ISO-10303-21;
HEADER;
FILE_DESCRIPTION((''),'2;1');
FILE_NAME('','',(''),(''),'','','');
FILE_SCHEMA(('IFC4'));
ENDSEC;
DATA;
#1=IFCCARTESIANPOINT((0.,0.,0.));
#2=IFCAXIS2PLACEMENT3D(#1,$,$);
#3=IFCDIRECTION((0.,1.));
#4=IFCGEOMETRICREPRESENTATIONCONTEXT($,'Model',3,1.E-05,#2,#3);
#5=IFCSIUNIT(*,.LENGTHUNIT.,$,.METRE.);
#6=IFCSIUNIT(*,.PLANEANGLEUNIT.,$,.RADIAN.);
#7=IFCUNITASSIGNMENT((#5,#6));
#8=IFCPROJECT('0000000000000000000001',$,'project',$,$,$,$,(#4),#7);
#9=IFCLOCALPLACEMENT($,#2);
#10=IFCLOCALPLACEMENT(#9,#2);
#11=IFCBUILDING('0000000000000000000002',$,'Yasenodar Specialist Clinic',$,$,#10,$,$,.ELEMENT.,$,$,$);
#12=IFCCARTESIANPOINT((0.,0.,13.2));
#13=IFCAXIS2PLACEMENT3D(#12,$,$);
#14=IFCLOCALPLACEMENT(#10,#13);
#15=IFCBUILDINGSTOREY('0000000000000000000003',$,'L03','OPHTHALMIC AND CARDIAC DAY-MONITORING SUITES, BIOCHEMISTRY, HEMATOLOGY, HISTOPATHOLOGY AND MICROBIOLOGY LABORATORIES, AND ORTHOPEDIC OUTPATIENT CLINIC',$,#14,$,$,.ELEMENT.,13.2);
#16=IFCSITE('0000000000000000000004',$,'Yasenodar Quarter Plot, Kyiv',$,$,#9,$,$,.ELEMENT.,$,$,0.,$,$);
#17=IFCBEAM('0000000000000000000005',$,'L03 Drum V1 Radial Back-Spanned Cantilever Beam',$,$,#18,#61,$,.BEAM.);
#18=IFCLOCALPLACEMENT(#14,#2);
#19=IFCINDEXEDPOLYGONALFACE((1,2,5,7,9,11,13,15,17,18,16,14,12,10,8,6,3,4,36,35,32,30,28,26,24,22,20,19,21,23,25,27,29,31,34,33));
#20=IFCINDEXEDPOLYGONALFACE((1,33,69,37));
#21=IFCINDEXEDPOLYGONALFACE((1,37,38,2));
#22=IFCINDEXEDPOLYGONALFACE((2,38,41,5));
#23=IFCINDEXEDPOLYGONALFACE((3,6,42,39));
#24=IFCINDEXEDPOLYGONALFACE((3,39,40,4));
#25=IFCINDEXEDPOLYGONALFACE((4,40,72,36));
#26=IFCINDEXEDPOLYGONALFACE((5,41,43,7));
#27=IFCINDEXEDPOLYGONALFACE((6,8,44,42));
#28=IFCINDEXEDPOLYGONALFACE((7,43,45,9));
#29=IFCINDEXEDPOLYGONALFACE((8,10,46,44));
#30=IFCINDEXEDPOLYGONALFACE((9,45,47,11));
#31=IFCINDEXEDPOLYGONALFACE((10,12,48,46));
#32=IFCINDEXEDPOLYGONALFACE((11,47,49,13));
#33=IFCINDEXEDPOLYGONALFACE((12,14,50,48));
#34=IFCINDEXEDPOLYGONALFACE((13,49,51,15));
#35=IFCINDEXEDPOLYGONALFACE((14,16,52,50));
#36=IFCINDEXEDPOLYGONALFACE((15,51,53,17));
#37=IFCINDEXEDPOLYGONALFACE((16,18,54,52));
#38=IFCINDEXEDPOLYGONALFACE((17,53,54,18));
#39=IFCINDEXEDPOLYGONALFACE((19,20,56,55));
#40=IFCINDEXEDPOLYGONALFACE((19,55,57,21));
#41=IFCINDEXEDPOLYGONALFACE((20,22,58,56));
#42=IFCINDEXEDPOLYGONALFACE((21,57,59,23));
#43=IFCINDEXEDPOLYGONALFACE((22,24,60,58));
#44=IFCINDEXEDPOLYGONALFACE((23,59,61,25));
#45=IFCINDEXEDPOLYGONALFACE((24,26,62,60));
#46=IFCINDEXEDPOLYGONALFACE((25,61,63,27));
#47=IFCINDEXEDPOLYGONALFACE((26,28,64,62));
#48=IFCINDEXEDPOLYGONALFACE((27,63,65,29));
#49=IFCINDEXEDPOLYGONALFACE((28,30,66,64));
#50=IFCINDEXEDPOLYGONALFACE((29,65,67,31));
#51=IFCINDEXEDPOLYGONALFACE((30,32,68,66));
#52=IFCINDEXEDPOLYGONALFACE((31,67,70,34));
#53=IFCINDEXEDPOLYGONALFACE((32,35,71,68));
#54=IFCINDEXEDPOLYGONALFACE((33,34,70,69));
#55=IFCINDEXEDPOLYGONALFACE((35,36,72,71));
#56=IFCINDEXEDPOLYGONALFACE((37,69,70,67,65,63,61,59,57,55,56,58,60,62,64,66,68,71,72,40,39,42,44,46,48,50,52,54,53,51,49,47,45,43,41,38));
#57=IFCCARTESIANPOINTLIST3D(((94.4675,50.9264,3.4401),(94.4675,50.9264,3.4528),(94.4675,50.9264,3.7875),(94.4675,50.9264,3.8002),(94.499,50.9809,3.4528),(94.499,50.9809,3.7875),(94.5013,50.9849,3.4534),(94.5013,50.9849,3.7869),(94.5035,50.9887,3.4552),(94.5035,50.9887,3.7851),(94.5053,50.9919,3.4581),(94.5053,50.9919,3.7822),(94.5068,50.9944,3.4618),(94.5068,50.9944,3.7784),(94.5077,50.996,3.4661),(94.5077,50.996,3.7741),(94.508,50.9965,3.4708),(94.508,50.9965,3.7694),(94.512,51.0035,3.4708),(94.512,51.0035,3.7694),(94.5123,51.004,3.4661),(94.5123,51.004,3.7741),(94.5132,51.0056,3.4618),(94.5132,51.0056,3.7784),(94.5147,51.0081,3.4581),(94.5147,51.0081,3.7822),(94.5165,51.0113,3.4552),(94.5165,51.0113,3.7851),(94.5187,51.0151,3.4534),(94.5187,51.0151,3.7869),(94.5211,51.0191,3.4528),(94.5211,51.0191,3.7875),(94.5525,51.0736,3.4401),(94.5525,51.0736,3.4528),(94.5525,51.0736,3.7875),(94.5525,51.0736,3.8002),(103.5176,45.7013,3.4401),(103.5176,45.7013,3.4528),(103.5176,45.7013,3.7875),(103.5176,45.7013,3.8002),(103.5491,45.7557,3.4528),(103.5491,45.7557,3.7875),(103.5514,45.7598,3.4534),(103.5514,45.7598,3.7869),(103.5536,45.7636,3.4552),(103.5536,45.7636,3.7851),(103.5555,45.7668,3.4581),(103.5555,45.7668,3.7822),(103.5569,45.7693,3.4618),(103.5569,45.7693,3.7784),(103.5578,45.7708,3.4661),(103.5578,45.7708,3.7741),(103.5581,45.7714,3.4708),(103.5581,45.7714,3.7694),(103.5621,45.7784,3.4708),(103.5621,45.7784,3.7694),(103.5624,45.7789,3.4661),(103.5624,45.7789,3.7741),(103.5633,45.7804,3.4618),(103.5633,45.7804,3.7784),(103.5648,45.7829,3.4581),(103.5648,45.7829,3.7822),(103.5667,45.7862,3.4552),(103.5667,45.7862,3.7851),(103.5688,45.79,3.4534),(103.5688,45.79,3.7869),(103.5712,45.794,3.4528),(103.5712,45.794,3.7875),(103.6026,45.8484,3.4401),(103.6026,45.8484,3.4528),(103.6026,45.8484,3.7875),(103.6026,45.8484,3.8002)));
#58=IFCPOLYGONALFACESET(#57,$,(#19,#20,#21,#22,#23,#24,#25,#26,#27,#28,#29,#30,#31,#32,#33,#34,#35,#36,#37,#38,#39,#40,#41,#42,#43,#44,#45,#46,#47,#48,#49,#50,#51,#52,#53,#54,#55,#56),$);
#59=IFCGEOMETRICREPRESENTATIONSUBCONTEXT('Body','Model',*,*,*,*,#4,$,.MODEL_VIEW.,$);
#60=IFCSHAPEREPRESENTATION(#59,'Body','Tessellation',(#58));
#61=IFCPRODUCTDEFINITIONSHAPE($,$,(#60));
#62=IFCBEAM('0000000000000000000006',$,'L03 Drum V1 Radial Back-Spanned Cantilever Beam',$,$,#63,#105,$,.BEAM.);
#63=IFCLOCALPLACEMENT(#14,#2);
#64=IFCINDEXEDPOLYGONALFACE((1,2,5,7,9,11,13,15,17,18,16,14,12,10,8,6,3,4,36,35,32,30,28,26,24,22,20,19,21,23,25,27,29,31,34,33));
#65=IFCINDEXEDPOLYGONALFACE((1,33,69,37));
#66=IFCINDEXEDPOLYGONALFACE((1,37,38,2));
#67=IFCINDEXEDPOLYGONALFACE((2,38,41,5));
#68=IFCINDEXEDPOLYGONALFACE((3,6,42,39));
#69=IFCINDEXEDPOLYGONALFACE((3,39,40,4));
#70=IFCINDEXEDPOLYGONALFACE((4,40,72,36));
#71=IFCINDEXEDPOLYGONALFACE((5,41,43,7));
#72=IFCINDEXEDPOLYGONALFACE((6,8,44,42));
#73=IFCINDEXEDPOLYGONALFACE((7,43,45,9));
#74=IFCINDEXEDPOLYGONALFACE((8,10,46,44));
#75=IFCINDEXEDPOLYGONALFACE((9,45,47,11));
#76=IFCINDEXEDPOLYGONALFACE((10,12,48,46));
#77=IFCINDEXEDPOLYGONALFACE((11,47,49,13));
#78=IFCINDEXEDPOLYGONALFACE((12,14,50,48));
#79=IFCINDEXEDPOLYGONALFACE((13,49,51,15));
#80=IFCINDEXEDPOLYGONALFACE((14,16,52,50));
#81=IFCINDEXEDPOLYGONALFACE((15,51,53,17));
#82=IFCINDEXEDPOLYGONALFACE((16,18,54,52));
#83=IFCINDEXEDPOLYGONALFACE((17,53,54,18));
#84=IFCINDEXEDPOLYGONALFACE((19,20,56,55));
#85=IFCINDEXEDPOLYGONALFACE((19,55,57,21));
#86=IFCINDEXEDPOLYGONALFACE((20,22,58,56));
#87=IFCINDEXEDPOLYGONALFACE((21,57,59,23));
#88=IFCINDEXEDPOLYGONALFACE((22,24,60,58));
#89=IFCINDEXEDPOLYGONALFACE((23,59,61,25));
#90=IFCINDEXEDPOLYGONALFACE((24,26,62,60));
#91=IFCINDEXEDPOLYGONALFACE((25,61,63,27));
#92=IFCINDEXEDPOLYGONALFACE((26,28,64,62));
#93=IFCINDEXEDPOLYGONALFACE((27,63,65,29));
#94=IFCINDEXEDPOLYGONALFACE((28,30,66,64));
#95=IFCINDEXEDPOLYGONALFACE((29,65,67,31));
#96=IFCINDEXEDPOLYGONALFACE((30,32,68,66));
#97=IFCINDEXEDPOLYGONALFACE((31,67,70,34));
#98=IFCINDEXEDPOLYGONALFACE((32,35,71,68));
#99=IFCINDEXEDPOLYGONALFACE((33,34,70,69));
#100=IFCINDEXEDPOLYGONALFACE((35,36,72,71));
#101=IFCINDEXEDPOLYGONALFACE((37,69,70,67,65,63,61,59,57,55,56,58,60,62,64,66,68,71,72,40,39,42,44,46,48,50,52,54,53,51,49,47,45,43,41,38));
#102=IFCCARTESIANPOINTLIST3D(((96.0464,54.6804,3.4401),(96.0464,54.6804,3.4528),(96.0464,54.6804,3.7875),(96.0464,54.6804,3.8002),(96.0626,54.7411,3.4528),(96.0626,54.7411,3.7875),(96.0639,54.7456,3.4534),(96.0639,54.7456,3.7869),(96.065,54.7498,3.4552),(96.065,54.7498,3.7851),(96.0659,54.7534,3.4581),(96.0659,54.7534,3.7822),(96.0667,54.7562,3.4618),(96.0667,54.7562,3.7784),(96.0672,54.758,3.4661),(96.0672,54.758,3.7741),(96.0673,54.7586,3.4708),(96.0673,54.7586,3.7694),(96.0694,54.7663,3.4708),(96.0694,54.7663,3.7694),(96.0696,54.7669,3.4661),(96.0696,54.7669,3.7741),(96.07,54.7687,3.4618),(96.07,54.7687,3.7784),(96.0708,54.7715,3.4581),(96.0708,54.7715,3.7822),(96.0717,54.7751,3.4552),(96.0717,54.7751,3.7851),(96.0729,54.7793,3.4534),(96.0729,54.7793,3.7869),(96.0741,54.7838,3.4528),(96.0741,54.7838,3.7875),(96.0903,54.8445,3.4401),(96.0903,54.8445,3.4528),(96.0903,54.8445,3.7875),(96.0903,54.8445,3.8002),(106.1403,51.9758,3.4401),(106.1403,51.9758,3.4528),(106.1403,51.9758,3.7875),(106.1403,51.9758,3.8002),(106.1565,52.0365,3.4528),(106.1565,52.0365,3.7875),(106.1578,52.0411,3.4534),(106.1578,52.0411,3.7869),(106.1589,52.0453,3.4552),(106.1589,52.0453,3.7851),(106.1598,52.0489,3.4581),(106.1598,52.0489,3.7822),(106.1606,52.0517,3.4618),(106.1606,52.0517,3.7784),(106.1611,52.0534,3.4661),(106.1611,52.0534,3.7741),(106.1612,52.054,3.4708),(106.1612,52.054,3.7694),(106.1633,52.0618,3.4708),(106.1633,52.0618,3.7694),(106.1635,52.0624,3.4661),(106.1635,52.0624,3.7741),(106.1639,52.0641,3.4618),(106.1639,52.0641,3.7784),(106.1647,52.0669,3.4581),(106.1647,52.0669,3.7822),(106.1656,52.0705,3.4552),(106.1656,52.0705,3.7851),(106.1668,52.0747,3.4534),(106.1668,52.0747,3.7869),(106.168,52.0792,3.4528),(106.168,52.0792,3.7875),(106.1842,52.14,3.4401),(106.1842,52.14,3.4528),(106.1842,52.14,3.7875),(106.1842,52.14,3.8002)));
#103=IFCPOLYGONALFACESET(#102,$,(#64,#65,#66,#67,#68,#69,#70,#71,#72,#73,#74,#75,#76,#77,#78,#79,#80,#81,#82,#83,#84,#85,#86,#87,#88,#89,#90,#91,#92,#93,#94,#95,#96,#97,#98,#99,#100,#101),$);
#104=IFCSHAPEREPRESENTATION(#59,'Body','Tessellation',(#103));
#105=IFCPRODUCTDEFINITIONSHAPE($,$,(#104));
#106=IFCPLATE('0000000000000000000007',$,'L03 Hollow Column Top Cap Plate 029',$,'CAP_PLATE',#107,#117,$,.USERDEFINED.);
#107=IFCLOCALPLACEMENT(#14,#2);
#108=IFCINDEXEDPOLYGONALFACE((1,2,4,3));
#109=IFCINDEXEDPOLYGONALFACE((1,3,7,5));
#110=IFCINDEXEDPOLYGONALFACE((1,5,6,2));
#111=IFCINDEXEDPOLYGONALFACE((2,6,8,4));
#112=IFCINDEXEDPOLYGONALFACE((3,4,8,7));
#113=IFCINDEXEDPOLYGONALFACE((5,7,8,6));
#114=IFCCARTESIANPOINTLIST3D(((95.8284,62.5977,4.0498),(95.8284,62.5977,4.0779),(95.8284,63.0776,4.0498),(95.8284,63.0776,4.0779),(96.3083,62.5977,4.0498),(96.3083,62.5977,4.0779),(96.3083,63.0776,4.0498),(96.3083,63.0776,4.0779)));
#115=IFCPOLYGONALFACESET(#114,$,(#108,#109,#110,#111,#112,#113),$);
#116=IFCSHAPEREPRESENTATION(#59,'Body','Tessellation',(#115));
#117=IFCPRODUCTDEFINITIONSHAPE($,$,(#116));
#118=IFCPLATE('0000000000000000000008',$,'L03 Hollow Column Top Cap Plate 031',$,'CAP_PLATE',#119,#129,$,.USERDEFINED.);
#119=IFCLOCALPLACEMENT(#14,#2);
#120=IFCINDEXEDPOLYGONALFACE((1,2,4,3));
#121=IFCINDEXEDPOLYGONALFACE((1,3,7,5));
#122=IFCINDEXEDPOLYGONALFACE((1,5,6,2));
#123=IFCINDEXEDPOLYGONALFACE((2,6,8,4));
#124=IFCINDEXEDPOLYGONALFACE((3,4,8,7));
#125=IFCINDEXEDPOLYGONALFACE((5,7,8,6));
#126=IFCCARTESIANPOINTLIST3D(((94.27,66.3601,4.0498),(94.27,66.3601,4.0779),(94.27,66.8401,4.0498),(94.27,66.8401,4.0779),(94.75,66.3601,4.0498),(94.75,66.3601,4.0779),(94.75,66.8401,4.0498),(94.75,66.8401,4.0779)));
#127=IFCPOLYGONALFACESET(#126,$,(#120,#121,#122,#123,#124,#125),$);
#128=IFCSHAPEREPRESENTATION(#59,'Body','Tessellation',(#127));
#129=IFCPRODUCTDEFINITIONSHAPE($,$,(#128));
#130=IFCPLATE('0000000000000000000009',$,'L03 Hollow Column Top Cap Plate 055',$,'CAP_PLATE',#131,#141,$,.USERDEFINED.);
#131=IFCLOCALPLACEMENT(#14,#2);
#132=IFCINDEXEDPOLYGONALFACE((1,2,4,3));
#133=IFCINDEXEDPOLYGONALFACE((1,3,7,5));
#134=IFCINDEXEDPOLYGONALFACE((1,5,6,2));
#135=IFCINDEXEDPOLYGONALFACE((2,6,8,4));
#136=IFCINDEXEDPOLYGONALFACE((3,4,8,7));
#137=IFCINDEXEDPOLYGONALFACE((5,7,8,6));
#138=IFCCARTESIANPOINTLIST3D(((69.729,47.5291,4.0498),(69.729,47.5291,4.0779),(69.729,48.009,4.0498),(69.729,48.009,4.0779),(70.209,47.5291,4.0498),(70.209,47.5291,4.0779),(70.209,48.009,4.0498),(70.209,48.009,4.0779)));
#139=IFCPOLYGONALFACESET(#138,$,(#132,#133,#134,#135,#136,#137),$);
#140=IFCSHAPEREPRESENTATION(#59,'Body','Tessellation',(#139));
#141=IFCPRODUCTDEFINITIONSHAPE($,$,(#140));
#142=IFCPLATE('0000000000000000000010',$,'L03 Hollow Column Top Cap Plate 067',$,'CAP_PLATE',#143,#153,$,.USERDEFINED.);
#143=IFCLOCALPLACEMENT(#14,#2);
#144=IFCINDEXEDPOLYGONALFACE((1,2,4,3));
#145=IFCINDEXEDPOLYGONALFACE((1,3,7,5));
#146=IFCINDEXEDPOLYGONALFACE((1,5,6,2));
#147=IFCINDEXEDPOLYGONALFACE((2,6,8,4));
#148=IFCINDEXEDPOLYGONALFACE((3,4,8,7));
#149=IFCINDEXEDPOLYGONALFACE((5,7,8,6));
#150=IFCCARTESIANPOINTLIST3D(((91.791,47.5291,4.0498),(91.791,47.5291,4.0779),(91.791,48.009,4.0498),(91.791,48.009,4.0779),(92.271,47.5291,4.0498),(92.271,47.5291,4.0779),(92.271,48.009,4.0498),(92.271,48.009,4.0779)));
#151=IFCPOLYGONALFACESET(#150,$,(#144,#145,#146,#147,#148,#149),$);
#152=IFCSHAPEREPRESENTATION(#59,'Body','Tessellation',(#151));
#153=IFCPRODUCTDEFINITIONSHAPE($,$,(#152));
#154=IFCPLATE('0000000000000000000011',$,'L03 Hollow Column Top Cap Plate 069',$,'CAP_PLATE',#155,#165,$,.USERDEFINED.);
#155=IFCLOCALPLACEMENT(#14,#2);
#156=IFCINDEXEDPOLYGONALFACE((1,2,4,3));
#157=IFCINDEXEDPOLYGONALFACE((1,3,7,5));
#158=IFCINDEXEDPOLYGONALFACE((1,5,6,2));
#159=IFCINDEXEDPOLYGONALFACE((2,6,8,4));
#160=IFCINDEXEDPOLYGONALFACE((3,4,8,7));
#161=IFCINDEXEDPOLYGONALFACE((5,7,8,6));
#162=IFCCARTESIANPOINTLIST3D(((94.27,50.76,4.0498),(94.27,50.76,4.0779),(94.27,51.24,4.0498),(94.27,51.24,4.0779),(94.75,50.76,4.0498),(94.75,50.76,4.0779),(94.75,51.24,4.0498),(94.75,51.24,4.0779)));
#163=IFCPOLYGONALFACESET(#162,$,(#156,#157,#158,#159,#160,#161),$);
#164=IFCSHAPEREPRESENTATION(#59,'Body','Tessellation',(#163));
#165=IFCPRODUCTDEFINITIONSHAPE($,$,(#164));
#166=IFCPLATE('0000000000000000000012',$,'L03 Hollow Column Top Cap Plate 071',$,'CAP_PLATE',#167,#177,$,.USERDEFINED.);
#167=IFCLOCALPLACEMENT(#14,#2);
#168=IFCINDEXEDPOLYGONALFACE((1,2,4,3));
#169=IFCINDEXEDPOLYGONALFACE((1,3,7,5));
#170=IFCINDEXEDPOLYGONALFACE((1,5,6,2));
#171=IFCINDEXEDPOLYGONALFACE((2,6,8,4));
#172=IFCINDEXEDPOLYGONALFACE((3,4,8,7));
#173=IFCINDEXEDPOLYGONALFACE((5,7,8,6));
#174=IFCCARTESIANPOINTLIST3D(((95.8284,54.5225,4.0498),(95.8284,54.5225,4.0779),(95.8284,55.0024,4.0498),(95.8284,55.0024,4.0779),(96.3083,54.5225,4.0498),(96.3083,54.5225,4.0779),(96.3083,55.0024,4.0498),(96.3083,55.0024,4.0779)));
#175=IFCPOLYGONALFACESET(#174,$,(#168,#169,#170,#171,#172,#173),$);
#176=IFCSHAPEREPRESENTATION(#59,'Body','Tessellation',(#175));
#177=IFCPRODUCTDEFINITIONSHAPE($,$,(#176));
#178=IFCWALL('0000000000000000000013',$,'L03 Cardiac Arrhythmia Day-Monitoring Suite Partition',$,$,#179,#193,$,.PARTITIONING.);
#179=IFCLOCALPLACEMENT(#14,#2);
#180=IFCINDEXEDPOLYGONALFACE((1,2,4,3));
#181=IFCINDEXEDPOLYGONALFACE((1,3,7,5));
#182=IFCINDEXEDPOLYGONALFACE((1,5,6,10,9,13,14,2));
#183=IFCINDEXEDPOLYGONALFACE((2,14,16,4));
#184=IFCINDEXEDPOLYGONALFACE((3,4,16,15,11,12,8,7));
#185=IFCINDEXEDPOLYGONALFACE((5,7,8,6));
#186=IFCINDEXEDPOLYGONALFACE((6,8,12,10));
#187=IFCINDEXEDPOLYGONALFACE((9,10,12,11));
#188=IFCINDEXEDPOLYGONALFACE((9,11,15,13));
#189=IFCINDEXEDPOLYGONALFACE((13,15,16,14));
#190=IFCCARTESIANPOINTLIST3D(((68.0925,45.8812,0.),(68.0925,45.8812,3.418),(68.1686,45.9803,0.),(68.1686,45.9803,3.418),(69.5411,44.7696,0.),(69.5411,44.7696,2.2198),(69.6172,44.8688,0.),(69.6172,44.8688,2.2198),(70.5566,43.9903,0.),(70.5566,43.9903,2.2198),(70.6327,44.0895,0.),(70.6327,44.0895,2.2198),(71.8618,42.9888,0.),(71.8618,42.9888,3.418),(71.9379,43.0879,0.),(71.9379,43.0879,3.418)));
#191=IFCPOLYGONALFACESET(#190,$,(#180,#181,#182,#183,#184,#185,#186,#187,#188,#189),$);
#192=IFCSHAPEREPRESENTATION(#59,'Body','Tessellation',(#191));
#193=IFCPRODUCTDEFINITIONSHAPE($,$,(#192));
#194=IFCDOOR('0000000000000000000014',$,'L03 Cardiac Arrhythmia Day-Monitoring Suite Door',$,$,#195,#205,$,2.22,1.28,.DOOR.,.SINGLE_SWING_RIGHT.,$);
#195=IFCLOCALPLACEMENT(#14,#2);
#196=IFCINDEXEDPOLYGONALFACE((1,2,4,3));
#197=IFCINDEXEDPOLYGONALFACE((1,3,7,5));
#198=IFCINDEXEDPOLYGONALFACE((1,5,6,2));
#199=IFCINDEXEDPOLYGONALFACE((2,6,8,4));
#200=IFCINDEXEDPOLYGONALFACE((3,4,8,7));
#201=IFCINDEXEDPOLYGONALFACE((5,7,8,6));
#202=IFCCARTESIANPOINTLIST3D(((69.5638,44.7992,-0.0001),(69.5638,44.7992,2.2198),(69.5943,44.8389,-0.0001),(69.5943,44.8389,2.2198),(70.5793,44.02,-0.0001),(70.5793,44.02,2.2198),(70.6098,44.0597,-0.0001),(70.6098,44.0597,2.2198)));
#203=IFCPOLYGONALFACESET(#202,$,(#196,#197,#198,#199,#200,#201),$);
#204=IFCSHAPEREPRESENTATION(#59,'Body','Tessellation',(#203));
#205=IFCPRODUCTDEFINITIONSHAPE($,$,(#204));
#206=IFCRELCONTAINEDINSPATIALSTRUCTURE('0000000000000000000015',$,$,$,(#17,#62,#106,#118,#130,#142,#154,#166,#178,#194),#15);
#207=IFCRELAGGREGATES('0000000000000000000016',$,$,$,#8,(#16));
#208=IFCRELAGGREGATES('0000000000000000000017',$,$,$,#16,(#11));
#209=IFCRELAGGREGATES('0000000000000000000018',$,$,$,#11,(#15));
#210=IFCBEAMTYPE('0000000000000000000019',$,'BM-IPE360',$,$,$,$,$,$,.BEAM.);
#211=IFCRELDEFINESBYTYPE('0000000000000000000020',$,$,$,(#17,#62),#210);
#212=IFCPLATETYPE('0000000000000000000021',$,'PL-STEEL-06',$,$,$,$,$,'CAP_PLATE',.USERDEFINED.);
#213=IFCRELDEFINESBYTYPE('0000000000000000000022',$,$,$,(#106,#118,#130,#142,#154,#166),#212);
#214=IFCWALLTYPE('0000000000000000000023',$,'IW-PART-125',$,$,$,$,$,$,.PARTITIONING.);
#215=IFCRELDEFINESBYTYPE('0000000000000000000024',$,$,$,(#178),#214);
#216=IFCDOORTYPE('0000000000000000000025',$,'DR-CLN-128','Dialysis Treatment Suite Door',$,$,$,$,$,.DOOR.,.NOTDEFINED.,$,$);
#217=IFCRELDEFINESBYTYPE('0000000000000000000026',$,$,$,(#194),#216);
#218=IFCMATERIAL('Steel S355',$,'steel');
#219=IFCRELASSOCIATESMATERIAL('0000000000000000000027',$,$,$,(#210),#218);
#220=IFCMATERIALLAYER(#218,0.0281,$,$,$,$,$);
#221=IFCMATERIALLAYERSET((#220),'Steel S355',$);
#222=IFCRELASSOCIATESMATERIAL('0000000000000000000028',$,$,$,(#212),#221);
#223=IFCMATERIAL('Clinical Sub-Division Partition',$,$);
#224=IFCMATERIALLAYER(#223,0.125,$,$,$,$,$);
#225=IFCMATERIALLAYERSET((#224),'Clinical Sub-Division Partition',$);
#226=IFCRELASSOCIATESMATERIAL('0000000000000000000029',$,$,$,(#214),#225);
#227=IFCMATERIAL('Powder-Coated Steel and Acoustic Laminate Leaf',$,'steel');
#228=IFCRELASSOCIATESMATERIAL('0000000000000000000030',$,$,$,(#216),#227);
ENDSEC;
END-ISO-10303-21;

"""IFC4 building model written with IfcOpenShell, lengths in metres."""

from ifc_helpers import new_model, si_unit, direction, frame, frame_2d, origin, origin_2d, place, context, subcontext, project, spatial, rectangle, i_section, extrude, material, layer, layer_set, material_profile, profile_set, type_object, element, fill, save


model = new_model("IFC4")

# Units and contexts
model_context = context("Model", 3, precision=1e-05, world=origin(), true_north=direction((0.0, 1.0)))
body_context = subcontext(model_context, "Body", "Model", "MODEL_VIEW")
ifc_project = project(units=[si_unit("LENGTHUNIT", "METRE"), si_unit("PLANEANGLEUNIT", "RADIAN")], contexts=[model_context])

# Site, building, storey
site_placement = place(None, origin())
site = spatial("IfcSite", under=ifc_project, at=site_placement, Name="Yasenodar Quarter Plot, Kyiv", CompositionType="ELEMENT", RefElevation=0.0)
building_placement = place(site_placement, origin())
building = spatial("IfcBuilding", under=site, at=building_placement, Name="Yasenodar Specialist Clinic", CompositionType="ELEMENT")
storey_placement = place(building_placement, frame((0.0, 0.0, 13.2)))
storey = spatial("IfcBuildingStorey", under=building, at=storey_placement, Name="L03", Description="OPHTHALMIC AND CARDIAC DAY-MONITORING SUITES, BIOCHEMISTRY, HEMATOLOGY, HISTOPATHOLOGY AND MICROBIOLOGY LABORATORIES, AND ORTHOPEDIC OUTPATIENT CLINIC", CompositionType="ELEMENT", Elevation=13.2)

# Shared definitions
ifc_material_1 = material(Name="Steel S355", Category="steel")

# Beams
ifc_material_profile_1 = material_profile(ifc_material_1, i_section(OverallWidth=0.1699, OverallDepth=0.3601, WebThickness=0.0081, FlangeThickness=0.0127, FilletRadius=0.0181, at=origin_2d()), Name="IPE 360")
ifc_profile_set_1 = profile_set([ifc_material_profile_1], Name="Steel S355")
beam_type_1 = type_object("IfcBeamType", Name="BM-IPE360", PredefinedType="BEAM", material=ifc_profile_set_1)
beam_1_placement = place(storey_placement, frame((94.51, 51.0, 3.6201), z_axis=(0.866023, -0.500004, 0.0), x_axis=(0.500004, 0.866023, 0.0)))
element("IfcBeam", 1, at=beam_1_placement, inside=storey, type_object=beam_type_1, Name="L03 Drum V1 Radial Back-Spanned Cantilever Beam", PredefinedType="BEAM", context=body_context, shape_type="SweptSolid", body=[
    extrude(i_section(OverallWidth=0.1699, OverallDepth=0.3601, WebThickness=0.0081, FlangeThickness=0.0127, FilletRadius=0.0181, at=origin_2d()), origin(), (0.0, 0.0, 1.0), 10.4502),
])
beam_2_placement = place(storey_placement, frame((96.0684, 54.7625, 3.6201), z_axis=(0.965928, -0.258811, 0.0), x_axis=(0.258811, 0.965928, 0.0)))
element("IfcBeam", 2, at=beam_2_placement, inside=storey, type_object=beam_type_1, Name="L03 Drum V1 Radial Back-Spanned Cantilever Beam", PredefinedType="BEAM", context=body_context, shape_type="SweptSolid", body=[
    extrude(i_section(OverallWidth=0.1699, OverallDepth=0.3601, WebThickness=0.0081, FlangeThickness=0.0127, FilletRadius=0.0181, at=origin_2d()), origin(), (0.0, 0.0, 1.0), 10.45),
])

# Plates
ifc_layer_1 = layer(ifc_material_1, 0.0281)
ifc_layer_set_1 = layer_set([ifc_layer_1], Name="Steel S355")
plate_type = type_object("IfcPlateType", Name="PL-STEEL-06", ElementType="CAP_PLATE", PredefinedType="USERDEFINED", material=ifc_layer_set_1)
for number, where, z_axis, x_axis, name in (
    (3, (96.0684, 62.8376, 4.0498), (0.0, 0.0, 1.0), (1.0, 0.0, 0.0), "L03 Hollow Column Top Cap Plate 029"),
    (4, (94.51, 66.6001, 4.0498), (0.0, 0.0, 1.0), (1.0, 0.0, 0.0), "L03 Hollow Column Top Cap Plate 031"),
    (5, (69.969, 47.769, 4.0498), (0.0, 0.0, 1.0), (1.0, 0.0, 0.0), "L03 Hollow Column Top Cap Plate 055"),
    (6, (92.031, 47.769, 4.0498), (0.0, 0.0, 1.0), (1.0, 0.0, 0.0), "L03 Hollow Column Top Cap Plate 067"),
    (7, (94.51, 51.0, 4.0498), (0.0, 0.0, 1.0), (1.0, 0.0, 0.0), "L03 Hollow Column Top Cap Plate 069"),
    (8, (96.0684, 54.7625, 4.0498), (0.0, 0.0, 1.0), (1.0, 0.0, 0.0), "L03 Hollow Column Top Cap Plate 071"),
):
    element("IfcPlate", number, at=place(storey_placement, frame(where, z_axis=z_axis, x_axis=x_axis)), inside=storey, type_object=plate_type, Name=name, ObjectType="CAP_PLATE", PredefinedType="USERDEFINED", context=body_context, shape_type="SweptSolid", body=[
        extrude(rectangle(XDim=0.48, YDim=0.48, at=origin_2d()), origin(), (0.0, 0.0, 1.0), 0.0281),
    ])

# Wall, opening, door
ifc_material_2 = material(Name="Clinical Sub-Division Partition")
ifc_layer_2 = layer(ifc_material_2, 0.125)
ifc_layer_set_2 = layer_set([ifc_layer_2], Name="Clinical Sub-Division Partition")
wall_type_1 = type_object("IfcWallType", Name="IW-PART-125", PredefinedType="PARTITIONING", material=ifc_layer_set_2)
wall_1_placement = place(storey_placement, frame((68.1306, 45.9307, 0.0), z_axis=(0.0, 0.0, 1.0), x_axis=(0.793347, -0.608769, 0.0)))
wall_1 = element("IfcWall", 9, at=wall_1_placement, inside=storey, type_object=wall_type_1, Name="L03 Cardiac Arrhythmia Day-Monitoring Suite Partition", PredefinedType="PARTITIONING", context=body_context, shape_type="SweptSolid", body=[
    extrude(rectangle(XDim=4.7512, YDim=0.125, at=frame_2d((2.3755, 0.0))), origin(), (0.0, 0.0, 1.0), 3.418),
])
opening_placement = place(wall_1_placement, frame((1.8257, 0.0, 0.0)))
opening = element("IfcOpeningElement", 10, at=opening_placement, cuts=wall_1, PredefinedType="OPENING", context=body_context, shape_type="SweptSolid", body=[
    extrude(rectangle(XDim=1.28, YDim=2.22, at=frame_2d((0.6401, 1.1099))), frame((0.0, 0.0725, 0.0), z_axis=(0.0, -1.0, 0.0), x_axis=(1.0, 0.0, 0.0)), (0.0, 0.0, 1.0), 0.145),
])
ifc_material_3 = material(Name="Powder-Coated Steel and Acoustic Laminate Leaf", Category="steel")
door_type = type_object("IfcDoorType", Name="DR-CLN-128", Description="Dialysis Treatment Suite Door", OperationType="NOTDEFINED", PredefinedType="DOOR", material=ifc_material_3)
door_placement = place(opening_placement, origin())
door = element("IfcDoor", 11, at=door_placement, inside=storey, type_object=door_type, Name="L03 Cardiac Arrhythmia Day-Monitoring Suite Door", OperationType="SINGLE_SWING_RIGHT", OverallHeight=2.22, OverallWidth=1.28, PredefinedType="DOOR", context=body_context, shape_type="SweptSolid", body=[
    extrude(rectangle(XDim=1.28, YDim=2.22, at=frame_2d((0.6401, 1.1099))), frame((0.0, 0.0249, 0.0), z_axis=(0.0, -1.0, 0.0), x_axis=(1.0, 0.0, 0.0)), (0.0, 0.0, 1.0), 0.05),
])
fill(opening, door)

save(model, "model.ifc")
